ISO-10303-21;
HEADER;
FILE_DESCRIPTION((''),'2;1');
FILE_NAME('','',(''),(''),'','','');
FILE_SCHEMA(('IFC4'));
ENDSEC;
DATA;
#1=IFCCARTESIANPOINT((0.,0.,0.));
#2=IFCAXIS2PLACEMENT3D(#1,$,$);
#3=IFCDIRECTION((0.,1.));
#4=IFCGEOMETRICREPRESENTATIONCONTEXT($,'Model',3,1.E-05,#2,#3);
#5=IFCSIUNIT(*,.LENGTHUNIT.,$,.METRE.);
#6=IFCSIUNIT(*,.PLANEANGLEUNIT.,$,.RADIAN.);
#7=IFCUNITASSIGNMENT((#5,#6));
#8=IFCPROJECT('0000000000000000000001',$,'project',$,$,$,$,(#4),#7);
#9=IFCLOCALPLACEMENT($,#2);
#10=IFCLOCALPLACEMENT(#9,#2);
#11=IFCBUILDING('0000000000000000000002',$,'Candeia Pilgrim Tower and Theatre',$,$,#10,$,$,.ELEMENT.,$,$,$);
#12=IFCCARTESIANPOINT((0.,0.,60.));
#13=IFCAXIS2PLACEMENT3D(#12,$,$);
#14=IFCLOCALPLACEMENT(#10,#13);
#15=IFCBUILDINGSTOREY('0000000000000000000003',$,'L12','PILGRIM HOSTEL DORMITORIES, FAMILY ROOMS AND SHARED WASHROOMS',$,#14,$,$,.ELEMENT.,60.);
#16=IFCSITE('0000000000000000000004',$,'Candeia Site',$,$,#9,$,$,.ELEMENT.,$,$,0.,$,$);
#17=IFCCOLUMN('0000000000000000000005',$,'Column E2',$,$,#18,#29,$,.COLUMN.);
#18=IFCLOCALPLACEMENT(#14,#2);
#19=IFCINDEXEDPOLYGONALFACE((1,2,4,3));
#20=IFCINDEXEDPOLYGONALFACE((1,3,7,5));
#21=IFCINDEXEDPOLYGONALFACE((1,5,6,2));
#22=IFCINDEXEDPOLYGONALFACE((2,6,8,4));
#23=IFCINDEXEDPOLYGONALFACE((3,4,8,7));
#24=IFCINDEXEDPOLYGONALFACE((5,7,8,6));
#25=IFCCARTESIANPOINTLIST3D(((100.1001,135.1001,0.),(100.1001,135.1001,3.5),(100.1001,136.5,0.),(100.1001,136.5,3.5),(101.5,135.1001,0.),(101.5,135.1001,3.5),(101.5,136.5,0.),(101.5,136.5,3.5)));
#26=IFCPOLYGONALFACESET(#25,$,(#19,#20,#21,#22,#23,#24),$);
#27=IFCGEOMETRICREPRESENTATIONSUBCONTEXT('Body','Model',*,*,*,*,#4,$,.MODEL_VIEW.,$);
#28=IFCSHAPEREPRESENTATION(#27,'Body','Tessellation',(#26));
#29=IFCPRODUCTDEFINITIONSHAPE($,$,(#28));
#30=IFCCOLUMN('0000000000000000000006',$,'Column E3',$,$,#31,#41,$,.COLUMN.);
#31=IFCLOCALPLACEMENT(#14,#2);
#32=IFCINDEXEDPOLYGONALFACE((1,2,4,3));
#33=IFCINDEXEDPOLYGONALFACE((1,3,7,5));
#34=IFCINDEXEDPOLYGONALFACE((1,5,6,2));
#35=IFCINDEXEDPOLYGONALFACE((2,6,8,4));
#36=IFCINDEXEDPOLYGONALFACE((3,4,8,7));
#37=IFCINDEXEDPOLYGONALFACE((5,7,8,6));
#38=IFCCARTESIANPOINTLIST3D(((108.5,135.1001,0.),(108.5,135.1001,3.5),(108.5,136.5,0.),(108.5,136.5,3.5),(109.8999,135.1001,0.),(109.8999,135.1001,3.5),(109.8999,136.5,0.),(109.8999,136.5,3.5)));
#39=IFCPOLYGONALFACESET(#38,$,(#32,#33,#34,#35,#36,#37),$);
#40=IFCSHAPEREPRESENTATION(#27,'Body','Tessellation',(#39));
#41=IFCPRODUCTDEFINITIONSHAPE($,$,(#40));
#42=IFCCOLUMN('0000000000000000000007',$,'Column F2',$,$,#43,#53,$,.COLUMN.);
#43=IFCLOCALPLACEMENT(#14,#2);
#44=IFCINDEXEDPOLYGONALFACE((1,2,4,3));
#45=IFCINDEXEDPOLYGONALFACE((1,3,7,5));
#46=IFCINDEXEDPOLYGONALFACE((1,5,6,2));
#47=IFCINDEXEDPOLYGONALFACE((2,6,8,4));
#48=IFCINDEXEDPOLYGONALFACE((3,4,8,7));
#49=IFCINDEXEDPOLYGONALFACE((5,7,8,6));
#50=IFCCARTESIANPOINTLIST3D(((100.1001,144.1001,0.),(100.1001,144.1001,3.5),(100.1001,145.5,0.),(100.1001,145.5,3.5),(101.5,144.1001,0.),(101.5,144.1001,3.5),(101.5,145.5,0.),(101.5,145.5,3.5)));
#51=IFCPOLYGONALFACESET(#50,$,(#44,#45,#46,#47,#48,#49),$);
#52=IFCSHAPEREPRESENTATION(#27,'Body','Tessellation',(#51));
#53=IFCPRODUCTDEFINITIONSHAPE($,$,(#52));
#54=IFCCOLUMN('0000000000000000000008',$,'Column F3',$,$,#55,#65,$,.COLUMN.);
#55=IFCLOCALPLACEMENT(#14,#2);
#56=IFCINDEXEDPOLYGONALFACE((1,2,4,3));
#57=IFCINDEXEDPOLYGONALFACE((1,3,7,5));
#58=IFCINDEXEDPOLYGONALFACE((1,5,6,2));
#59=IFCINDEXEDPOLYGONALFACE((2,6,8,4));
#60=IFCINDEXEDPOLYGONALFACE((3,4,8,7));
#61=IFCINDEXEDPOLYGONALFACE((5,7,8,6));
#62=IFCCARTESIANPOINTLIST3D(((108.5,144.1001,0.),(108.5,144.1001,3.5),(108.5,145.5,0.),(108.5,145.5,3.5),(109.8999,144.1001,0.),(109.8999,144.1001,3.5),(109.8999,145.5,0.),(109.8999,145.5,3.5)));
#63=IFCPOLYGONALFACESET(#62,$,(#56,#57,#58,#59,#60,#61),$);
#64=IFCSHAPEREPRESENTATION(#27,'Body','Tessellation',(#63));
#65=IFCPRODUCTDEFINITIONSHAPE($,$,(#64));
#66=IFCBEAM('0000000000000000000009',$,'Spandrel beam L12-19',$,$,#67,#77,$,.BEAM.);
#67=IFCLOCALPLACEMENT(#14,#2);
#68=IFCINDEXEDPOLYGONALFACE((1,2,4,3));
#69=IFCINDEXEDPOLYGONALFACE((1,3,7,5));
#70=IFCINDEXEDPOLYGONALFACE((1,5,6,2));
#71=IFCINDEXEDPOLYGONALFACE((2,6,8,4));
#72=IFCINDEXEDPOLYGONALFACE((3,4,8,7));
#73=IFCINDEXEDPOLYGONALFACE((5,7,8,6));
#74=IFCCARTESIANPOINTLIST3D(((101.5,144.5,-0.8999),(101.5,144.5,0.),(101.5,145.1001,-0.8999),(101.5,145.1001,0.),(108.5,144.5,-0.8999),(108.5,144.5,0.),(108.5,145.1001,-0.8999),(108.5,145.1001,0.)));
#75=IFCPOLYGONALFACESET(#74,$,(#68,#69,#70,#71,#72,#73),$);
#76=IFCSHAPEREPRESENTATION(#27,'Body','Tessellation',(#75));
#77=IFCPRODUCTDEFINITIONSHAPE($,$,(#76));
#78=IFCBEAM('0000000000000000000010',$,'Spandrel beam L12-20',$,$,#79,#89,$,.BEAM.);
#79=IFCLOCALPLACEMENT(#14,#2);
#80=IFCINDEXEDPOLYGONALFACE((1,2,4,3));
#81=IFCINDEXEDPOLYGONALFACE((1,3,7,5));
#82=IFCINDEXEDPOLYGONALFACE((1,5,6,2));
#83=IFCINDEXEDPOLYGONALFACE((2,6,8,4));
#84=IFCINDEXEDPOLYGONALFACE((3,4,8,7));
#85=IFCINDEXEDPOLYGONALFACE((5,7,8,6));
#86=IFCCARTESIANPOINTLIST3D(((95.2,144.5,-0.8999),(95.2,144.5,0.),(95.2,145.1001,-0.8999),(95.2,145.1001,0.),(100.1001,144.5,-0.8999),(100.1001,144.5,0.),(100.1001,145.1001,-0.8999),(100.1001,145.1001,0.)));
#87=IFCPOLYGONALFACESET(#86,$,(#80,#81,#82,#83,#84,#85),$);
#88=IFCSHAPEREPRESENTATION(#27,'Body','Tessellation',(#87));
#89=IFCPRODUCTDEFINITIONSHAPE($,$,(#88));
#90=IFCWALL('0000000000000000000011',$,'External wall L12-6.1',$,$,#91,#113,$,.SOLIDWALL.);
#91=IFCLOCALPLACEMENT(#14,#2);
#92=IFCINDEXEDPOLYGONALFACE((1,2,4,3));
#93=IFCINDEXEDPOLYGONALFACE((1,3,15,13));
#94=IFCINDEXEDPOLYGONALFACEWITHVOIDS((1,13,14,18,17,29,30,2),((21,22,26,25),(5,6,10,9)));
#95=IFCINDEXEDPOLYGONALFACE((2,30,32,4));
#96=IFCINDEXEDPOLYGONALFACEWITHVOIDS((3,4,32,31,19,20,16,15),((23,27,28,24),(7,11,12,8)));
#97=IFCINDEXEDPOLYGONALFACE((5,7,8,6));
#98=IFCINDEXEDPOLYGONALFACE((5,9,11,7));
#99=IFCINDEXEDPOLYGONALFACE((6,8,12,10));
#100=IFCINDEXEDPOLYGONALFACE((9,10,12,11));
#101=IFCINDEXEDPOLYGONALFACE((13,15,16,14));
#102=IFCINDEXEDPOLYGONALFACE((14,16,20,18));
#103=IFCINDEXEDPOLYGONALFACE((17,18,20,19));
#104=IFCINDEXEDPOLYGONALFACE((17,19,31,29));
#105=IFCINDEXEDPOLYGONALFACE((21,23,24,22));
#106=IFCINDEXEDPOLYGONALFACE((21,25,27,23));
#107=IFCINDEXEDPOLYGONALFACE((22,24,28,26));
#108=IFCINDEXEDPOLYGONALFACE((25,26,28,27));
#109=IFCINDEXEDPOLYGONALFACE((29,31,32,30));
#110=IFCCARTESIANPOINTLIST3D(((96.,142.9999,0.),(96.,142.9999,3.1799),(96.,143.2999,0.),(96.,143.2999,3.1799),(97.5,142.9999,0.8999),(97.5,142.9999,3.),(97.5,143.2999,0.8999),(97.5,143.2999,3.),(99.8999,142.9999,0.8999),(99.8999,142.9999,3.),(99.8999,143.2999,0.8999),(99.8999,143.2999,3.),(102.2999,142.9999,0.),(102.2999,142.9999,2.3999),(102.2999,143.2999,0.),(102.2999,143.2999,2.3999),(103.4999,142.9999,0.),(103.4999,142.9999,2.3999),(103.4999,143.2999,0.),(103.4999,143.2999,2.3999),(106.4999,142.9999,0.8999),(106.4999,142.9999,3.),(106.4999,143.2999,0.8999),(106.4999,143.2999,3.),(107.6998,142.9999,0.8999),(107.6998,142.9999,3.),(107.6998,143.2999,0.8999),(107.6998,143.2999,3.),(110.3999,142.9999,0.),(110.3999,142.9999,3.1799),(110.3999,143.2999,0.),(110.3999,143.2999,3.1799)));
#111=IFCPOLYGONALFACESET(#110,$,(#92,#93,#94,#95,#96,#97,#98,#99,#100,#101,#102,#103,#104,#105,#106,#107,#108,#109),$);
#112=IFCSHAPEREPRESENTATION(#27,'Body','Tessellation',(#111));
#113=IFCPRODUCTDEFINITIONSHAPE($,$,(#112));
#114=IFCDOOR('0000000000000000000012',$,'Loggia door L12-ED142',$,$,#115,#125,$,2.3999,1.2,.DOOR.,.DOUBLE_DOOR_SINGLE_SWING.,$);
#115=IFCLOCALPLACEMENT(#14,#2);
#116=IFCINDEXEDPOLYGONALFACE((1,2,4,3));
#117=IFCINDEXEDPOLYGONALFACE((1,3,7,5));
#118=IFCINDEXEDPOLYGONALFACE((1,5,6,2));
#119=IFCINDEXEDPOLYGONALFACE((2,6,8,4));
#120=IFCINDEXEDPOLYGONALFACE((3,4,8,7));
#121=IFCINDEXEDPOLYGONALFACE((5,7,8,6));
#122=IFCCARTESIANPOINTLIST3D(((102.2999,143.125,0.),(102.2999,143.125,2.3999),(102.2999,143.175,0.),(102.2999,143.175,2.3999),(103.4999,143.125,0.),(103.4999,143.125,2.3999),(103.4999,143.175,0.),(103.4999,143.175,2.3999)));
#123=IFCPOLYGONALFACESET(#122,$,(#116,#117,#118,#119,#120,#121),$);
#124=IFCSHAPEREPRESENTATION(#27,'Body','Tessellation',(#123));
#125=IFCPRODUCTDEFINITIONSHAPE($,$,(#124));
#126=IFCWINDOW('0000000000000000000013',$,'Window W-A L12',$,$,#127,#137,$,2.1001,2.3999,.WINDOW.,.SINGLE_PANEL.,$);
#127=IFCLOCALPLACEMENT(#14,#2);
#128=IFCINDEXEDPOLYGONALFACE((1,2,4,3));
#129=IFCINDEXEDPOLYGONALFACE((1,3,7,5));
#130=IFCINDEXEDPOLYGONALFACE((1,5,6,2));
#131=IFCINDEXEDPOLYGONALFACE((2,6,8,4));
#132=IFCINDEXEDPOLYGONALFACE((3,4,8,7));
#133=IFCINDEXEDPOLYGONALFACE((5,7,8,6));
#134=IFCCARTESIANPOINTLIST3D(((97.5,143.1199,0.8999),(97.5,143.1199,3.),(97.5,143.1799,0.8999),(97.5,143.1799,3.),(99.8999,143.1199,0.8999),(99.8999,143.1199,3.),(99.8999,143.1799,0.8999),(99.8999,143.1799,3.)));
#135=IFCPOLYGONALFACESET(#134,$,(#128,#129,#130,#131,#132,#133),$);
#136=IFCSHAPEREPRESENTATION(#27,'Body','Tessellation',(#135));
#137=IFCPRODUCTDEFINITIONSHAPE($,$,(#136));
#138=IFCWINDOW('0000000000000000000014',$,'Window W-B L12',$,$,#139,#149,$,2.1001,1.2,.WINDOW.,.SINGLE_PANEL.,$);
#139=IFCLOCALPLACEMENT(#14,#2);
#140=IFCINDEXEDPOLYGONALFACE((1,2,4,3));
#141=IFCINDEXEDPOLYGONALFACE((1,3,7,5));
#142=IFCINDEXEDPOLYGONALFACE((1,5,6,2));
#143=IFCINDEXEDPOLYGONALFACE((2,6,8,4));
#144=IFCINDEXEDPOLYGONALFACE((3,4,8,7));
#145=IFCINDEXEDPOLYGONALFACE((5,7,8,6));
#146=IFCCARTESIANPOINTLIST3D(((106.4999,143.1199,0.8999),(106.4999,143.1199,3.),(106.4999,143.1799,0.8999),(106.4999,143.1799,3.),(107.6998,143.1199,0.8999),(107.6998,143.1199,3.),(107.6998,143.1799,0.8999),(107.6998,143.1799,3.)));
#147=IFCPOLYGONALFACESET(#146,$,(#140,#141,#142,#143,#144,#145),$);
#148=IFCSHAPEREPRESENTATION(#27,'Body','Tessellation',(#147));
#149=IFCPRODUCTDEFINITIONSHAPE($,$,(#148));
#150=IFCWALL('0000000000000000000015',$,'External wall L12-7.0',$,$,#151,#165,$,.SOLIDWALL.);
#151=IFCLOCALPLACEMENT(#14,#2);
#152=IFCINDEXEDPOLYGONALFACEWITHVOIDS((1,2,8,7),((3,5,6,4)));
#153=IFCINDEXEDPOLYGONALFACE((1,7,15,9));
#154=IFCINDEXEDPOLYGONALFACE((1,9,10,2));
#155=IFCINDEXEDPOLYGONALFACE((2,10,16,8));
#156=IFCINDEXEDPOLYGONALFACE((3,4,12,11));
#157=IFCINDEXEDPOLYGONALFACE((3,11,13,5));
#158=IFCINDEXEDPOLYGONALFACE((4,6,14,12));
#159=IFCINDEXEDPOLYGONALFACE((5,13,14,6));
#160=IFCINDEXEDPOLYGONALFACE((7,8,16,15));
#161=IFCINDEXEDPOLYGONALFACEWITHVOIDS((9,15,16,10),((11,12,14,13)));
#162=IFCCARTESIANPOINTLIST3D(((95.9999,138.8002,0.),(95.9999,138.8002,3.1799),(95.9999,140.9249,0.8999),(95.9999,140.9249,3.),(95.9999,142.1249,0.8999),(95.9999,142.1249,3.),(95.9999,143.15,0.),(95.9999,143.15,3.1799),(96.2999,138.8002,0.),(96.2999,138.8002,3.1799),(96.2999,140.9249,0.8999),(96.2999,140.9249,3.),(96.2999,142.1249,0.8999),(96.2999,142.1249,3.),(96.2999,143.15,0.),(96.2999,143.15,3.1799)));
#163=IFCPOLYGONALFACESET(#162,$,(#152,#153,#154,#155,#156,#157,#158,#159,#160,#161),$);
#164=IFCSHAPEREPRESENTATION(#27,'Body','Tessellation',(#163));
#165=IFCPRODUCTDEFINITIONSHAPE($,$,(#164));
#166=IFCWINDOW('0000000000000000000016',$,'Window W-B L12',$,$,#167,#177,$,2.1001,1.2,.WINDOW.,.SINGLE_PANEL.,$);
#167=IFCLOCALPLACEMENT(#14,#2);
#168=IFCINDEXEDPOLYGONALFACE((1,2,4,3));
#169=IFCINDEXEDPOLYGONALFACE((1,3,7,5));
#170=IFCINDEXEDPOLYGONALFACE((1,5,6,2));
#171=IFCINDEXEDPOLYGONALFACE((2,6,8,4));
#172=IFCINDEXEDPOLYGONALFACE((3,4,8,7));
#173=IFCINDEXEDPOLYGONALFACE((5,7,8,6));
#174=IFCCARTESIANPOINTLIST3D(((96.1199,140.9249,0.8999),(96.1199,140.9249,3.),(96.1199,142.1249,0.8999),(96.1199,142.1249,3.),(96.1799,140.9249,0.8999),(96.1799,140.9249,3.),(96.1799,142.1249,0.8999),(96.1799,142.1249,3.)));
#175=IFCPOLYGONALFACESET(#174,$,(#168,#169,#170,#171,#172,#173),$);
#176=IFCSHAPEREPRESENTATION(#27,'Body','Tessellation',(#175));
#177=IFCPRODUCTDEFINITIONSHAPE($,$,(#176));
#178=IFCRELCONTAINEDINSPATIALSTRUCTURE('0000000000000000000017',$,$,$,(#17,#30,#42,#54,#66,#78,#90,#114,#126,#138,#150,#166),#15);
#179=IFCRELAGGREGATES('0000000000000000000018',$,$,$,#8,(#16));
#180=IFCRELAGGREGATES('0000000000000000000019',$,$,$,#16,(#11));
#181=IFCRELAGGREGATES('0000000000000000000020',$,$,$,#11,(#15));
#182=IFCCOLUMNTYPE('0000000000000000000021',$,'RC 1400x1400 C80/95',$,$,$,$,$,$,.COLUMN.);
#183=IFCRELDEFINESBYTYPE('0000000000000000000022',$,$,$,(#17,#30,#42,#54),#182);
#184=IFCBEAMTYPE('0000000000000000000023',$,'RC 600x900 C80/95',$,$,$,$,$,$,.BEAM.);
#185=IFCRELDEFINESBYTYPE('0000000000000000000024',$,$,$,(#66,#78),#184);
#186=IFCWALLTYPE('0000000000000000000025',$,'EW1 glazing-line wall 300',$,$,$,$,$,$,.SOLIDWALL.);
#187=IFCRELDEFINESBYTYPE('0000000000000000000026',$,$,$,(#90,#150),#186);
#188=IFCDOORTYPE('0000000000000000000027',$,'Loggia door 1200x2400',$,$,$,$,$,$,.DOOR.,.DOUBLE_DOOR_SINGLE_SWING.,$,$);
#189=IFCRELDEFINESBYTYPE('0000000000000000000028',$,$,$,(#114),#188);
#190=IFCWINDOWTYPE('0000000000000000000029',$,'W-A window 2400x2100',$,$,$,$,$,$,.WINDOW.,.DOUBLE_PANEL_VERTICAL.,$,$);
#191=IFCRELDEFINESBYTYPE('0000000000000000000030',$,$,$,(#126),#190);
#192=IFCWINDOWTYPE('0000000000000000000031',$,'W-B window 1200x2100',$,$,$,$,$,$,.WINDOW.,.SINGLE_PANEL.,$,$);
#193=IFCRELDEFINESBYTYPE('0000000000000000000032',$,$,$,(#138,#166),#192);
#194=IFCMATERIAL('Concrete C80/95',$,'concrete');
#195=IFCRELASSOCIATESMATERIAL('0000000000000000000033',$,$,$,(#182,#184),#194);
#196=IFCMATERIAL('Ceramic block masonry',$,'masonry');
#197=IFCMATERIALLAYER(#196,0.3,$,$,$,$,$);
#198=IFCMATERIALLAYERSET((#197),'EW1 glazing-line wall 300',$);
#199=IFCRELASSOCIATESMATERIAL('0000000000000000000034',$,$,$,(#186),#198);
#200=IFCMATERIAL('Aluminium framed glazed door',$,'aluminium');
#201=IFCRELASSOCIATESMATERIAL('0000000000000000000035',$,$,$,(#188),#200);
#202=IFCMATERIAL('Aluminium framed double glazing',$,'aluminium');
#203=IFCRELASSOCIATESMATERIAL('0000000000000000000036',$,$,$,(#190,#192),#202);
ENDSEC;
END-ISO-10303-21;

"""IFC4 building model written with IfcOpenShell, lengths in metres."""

from ifc_helpers import new_model, si_unit, direction, frame, frame_2d, origin, origin_2d, place, context, subcontext, project, spatial, rectangle, extrude, material, layer, layer_set, material_profile, profile_set, type_object, element, fill, save


model = new_model("IFC4")

# Units and contexts
model_context = context("Model", 3, precision=1e-05, world=origin(), true_north=direction((0.0, 1.0)))
body_context = subcontext(model_context, "Body", "Model", "MODEL_VIEW")
ifc_project = project(units=[si_unit("LENGTHUNIT", "METRE"), si_unit("PLANEANGLEUNIT", "RADIAN")], contexts=[model_context])

# Site, building, storey
site_placement = place(None, origin())
site = spatial("IfcSite", under=ifc_project, at=site_placement, Name="Candeia Site", CompositionType="ELEMENT", RefElevation=0.0)
building_placement = place(site_placement, origin())
building = spatial("IfcBuilding", under=site, at=building_placement, Name="Candeia Pilgrim Tower and Theatre", CompositionType="ELEMENT")
storey_placement = place(building_placement, frame((0.0, 0.0, 60.0)))
storey = spatial("IfcBuildingStorey", under=building, at=storey_placement, Name="L12", Description="PILGRIM HOSTEL DORMITORIES, FAMILY ROOMS AND SHARED WASHROOMS", CompositionType="ELEMENT", Elevation=60.0)

# Columns
ifc_material_1 = material(Name="Concrete C80/95", Category="concrete")
ifc_material_profile_1 = material_profile(ifc_material_1, rectangle(XDim=1.3999, YDim=1.3999, at=origin_2d()))
ifc_profile_set_1 = profile_set([ifc_material_profile_1], Name="Concrete C80/95")
column_type = type_object("IfcColumnType", Name="RC 1400x1400 C80/95", PredefinedType="COLUMN", material=ifc_profile_set_1)
for number, where, z_axis, x_axis, name in (
    (1, (100.8, 135.8, 0.0), (0.0, 0.0, 1.0), (1.0, 0.0, 0.0), "Column E2"),
    (2, (109.2, 135.8, 0.0), (0.0, 0.0, 1.0), (1.0, 0.0, 0.0), "Column E3"),
    (3, (100.8, 144.8, 0.0), (0.0, 0.0, 1.0), (1.0, 0.0, 0.0), "Column F2"),
    (4, (109.2, 144.8, 0.0), (0.0, 0.0, 1.0), (1.0, 0.0, 0.0), "Column F3"),
):
    element("IfcColumn", number, at=place(storey_placement, frame(where, z_axis=z_axis, x_axis=x_axis)), inside=storey, type_object=column_type, Name=name, PredefinedType="COLUMN", context=body_context, shape_type="SweptSolid", body=[
        extrude(rectangle(XDim=1.3999, YDim=1.3999, at=origin_2d()), origin(), (0.0, 0.0, 1.0), 3.5),
    ])

# Beams
ifc_material_profile_2 = material_profile(ifc_material_1, rectangle(XDim=0.6001, YDim=0.8999, at=origin_2d()))
ifc_profile_set_2 = profile_set([ifc_material_profile_2], Name="Concrete C80/95")
beam_type = type_object("IfcBeamType", Name="RC 600x900 C80/95", PredefinedType="BEAM", material=ifc_profile_set_2)
beam_1_placement = place(storey_placement, frame((108.5, 144.8, -0.45), z_axis=(-1.0, 0.0, 0.0), x_axis=(0.0, -1.0, 0.0)))
element("IfcBeam", 5, at=beam_1_placement, inside=storey, type_object=beam_type, Name="Spandrel beam L12-19", PredefinedType="BEAM", context=body_context, shape_type="SweptSolid", body=[
    extrude(rectangle(XDim=0.6001, YDim=0.8999, at=origin_2d()), origin(), (0.0, 0.0, 1.0), 7.0),
])
beam_2_placement = place(storey_placement, frame((100.1001, 144.8, -0.45), z_axis=(-1.0, 0.0, 0.0), x_axis=(0.0, -1.0, 0.0)))
element("IfcBeam", 6, at=beam_2_placement, inside=storey, type_object=beam_type, Name="Spandrel beam L12-20", PredefinedType="BEAM", context=body_context, shape_type="SweptSolid", body=[
    extrude(rectangle(XDim=0.6001, YDim=0.8999, at=origin_2d()), origin(), (0.0, 0.0, 1.0), 4.9001),
])

# Wall, openings, door, windows
ifc_material_2 = material(Name="Ceramic block masonry", Category="masonry")
ifc_layer_1 = layer(ifc_material_2, 0.3)
ifc_layer_set_1 = layer_set([ifc_layer_1], Name="EW1 glazing-line wall 300")
wall_type_1 = type_object("IfcWallType", Name="EW1 glazing-line wall 300", PredefinedType="SOLIDWALL", material=ifc_layer_set_1)
wall_1_placement = place(storey_placement, frame((110.3999, 143.1499, 0.0), z_axis=(0.0, 0.0, 1.0), x_axis=(-1.0, 0.0, 0.0)))
wall_1 = element("IfcWall", 7, at=wall_1_placement, inside=storey, type_object=wall_type_1, Name="External wall L12-6.1", PredefinedType="SOLIDWALL", context=body_context, shape_type="SweptSolid", body=[
    extrude(rectangle(XDim=14.3999, YDim=0.3, at=frame_2d((7.2, 0.0))), origin(), (0.0, 0.0, 1.0), 3.1799),
])
opening_1_placement = place(wall_1_placement, frame((2.7, 0.0, 0.8999)))
opening_1 = element("IfcOpeningElement", 8, at=opening_1_placement, cuts=wall_1, PredefinedType="OPENING", context=body_context, shape_type="SweptSolid", body=[
    extrude(rectangle(XDim=1.2, YDim=2.1001, at=frame_2d((0.6001, 1.05))), frame((0.0, 0.1602, 0.0), z_axis=(0.0, -1.0, 0.0), x_axis=(1.0, 0.0, 0.0)), (0.0, 0.0, 1.0), 0.3201),
])
opening_2_placement = place(wall_1_placement, frame((6.8999, 0.0, 0.0)))
opening_2 = element("IfcOpeningElement", 9, at=opening_2_placement, cuts=wall_1, PredefinedType="OPENING", context=body_context, shape_type="SweptSolid", body=[
    extrude(rectangle(XDim=1.2, YDim=2.3999, at=frame_2d((0.6001, 1.2))), frame((0.0, 0.1602, 0.0), z_axis=(0.0, -1.0, 0.0), x_axis=(1.0, 0.0, 0.0)), (0.0, 0.0, 1.0), 0.3201),
])
opening_3_placement = place(wall_1_placement, frame((10.5, 0.0, 0.8999)))
opening_3 = element("IfcOpeningElement", 10, at=opening_3_placement, cuts=wall_1, PredefinedType="OPENING", context=body_context, shape_type="SweptSolid", body=[
    extrude(rectangle(XDim=2.3999, YDim=2.1001, at=frame_2d((1.2, 1.05))), frame((0.0, 0.1602, 0.0), z_axis=(0.0, -1.0, 0.0), x_axis=(1.0, 0.0, 0.0)), (0.0, 0.0, 1.0), 0.3201),
])
ifc_material_3 = material(Name="Aluminium framed glazed door", Category="aluminium")
door_type_1 = type_object("IfcDoorType", Name="Loggia door 1200x2400", OperationType="DOUBLE_DOOR_SINGLE_SWING", PredefinedType="DOOR", material=ifc_material_3)
door_1_placement = place(opening_2_placement, origin())
door_1 = element("IfcDoor", 11, at=door_1_placement, inside=storey, type_object=door_type_1, Name="Loggia door L12-ED142", OperationType="DOUBLE_DOOR_SINGLE_SWING", OverallHeight=2.3999, OverallWidth=1.2, PredefinedType="DOOR", context=body_context, shape_type="SweptSolid", body=[
    extrude(rectangle(XDim=1.2, YDim=2.3999, at=frame_2d((0.6001, 1.2))), frame((0.0, 0.0249, 0.0), z_axis=(0.0, -1.0, 0.0), x_axis=(1.0, 0.0, 0.0)), (0.0, 0.0, 1.0), 0.05),
])
fill(opening_2, door_1)
ifc_material_4 = material(Name="Aluminium framed double glazing", Category="aluminium")
window_type_1 = type_object("IfcWindowType", Name="W-A window 2400x2100", PartitioningType="DOUBLE_PANEL_VERTICAL", PredefinedType="WINDOW", material=ifc_material_4)
window_1_placement = place(opening_3_placement, origin())
window_1 = element("IfcWindow", 12, at=window_1_placement, inside=storey, type_object=window_type_1, Name="Window W-A L12", OverallHeight=2.1001, OverallWidth=2.3999, PartitioningType="SINGLE_PANEL", PredefinedType="WINDOW", context=body_context, shape_type="SweptSolid", body=[
    extrude(rectangle(XDim=2.3999, YDim=2.1001, at=frame_2d((1.2, 1.05))), frame((0.0, 0.03, 0.0), z_axis=(0.0, -1.0, 0.0), x_axis=(1.0, 0.0, 0.0)), (0.0, 0.0, 1.0), 0.0601),
])
fill(opening_3, window_1)
window_type_2 = type_object("IfcWindowType", Name="W-B window 1200x2100", PartitioningType="SINGLE_PANEL", PredefinedType="WINDOW", material=ifc_material_4)
window_2_placement = place(opening_1_placement, origin())
window_2 = element("IfcWindow", 13, at=window_2_placement, inside=storey, type_object=window_type_2, Name="Window W-B L12", OverallHeight=2.1001, OverallWidth=1.2, PartitioningType="SINGLE_PANEL", PredefinedType="WINDOW", context=body_context, shape_type="SweptSolid", body=[
    extrude(rectangle(XDim=1.2, YDim=2.1001, at=frame_2d((0.6001, 1.05))), frame((0.0, 0.03, 0.0), z_axis=(0.0, -1.0, 0.0), x_axis=(1.0, 0.0, 0.0)), (0.0, 0.0, 1.0), 0.0601),
])
fill(opening_1, window_2)

# Wall, opening, window
wall_2_placement = place(storey_placement, frame((96.1499, 143.1499, 0.0), z_axis=(0.0, 0.0, 1.0), x_axis=(0.0, -1.0, 0.0)))
wall_2 = element("IfcWall", 14, at=wall_2_placement, inside=storey, type_object=wall_type_1, Name="External wall L12-7.0", PredefinedType="SOLIDWALL", context=body_context, shape_type="SweptSolid", body=[
    extrude(rectangle(XDim=4.3499, YDim=0.3, at=frame_2d((2.1748, 0.0))), origin(), (0.0, 0.0, 1.0), 3.1799),
])
opening_4_placement = place(wall_2_placement, frame((1.0249, 0.0, 0.8999)))
opening_4 = element("IfcOpeningElement", 15, at=opening_4_placement, cuts=wall_2, PredefinedType="OPENING", context=body_context, shape_type="SweptSolid", body=[
    extrude(rectangle(XDim=1.2, YDim=2.1001, at=frame_2d((0.6001, 1.05))), frame((0.0, 0.1602, 0.0), z_axis=(0.0, -1.0, 0.0), x_axis=(1.0, 0.0, 0.0)), (0.0, 0.0, 1.0), 0.3201),
])
window_3_placement = place(opening_4_placement, origin())
window_3 = element("IfcWindow", 16, at=window_3_placement, inside=storey, type_object=window_type_2, Name="Window W-B L12", OverallHeight=2.1001, OverallWidth=1.2, PartitioningType="SINGLE_PANEL", PredefinedType="WINDOW", context=body_context, shape_type="SweptSolid", body=[
    extrude(rectangle(XDim=1.2, YDim=2.1001, at=frame_2d((0.6001, 1.05))), frame((0.0, 0.03, 0.0), z_axis=(0.0, -1.0, 0.0), x_axis=(1.0, 0.0, 0.0)), (0.0, 0.0, 1.0), 0.0601),
])
fill(opening_4, window_3)

save(model, "model.ifc")
